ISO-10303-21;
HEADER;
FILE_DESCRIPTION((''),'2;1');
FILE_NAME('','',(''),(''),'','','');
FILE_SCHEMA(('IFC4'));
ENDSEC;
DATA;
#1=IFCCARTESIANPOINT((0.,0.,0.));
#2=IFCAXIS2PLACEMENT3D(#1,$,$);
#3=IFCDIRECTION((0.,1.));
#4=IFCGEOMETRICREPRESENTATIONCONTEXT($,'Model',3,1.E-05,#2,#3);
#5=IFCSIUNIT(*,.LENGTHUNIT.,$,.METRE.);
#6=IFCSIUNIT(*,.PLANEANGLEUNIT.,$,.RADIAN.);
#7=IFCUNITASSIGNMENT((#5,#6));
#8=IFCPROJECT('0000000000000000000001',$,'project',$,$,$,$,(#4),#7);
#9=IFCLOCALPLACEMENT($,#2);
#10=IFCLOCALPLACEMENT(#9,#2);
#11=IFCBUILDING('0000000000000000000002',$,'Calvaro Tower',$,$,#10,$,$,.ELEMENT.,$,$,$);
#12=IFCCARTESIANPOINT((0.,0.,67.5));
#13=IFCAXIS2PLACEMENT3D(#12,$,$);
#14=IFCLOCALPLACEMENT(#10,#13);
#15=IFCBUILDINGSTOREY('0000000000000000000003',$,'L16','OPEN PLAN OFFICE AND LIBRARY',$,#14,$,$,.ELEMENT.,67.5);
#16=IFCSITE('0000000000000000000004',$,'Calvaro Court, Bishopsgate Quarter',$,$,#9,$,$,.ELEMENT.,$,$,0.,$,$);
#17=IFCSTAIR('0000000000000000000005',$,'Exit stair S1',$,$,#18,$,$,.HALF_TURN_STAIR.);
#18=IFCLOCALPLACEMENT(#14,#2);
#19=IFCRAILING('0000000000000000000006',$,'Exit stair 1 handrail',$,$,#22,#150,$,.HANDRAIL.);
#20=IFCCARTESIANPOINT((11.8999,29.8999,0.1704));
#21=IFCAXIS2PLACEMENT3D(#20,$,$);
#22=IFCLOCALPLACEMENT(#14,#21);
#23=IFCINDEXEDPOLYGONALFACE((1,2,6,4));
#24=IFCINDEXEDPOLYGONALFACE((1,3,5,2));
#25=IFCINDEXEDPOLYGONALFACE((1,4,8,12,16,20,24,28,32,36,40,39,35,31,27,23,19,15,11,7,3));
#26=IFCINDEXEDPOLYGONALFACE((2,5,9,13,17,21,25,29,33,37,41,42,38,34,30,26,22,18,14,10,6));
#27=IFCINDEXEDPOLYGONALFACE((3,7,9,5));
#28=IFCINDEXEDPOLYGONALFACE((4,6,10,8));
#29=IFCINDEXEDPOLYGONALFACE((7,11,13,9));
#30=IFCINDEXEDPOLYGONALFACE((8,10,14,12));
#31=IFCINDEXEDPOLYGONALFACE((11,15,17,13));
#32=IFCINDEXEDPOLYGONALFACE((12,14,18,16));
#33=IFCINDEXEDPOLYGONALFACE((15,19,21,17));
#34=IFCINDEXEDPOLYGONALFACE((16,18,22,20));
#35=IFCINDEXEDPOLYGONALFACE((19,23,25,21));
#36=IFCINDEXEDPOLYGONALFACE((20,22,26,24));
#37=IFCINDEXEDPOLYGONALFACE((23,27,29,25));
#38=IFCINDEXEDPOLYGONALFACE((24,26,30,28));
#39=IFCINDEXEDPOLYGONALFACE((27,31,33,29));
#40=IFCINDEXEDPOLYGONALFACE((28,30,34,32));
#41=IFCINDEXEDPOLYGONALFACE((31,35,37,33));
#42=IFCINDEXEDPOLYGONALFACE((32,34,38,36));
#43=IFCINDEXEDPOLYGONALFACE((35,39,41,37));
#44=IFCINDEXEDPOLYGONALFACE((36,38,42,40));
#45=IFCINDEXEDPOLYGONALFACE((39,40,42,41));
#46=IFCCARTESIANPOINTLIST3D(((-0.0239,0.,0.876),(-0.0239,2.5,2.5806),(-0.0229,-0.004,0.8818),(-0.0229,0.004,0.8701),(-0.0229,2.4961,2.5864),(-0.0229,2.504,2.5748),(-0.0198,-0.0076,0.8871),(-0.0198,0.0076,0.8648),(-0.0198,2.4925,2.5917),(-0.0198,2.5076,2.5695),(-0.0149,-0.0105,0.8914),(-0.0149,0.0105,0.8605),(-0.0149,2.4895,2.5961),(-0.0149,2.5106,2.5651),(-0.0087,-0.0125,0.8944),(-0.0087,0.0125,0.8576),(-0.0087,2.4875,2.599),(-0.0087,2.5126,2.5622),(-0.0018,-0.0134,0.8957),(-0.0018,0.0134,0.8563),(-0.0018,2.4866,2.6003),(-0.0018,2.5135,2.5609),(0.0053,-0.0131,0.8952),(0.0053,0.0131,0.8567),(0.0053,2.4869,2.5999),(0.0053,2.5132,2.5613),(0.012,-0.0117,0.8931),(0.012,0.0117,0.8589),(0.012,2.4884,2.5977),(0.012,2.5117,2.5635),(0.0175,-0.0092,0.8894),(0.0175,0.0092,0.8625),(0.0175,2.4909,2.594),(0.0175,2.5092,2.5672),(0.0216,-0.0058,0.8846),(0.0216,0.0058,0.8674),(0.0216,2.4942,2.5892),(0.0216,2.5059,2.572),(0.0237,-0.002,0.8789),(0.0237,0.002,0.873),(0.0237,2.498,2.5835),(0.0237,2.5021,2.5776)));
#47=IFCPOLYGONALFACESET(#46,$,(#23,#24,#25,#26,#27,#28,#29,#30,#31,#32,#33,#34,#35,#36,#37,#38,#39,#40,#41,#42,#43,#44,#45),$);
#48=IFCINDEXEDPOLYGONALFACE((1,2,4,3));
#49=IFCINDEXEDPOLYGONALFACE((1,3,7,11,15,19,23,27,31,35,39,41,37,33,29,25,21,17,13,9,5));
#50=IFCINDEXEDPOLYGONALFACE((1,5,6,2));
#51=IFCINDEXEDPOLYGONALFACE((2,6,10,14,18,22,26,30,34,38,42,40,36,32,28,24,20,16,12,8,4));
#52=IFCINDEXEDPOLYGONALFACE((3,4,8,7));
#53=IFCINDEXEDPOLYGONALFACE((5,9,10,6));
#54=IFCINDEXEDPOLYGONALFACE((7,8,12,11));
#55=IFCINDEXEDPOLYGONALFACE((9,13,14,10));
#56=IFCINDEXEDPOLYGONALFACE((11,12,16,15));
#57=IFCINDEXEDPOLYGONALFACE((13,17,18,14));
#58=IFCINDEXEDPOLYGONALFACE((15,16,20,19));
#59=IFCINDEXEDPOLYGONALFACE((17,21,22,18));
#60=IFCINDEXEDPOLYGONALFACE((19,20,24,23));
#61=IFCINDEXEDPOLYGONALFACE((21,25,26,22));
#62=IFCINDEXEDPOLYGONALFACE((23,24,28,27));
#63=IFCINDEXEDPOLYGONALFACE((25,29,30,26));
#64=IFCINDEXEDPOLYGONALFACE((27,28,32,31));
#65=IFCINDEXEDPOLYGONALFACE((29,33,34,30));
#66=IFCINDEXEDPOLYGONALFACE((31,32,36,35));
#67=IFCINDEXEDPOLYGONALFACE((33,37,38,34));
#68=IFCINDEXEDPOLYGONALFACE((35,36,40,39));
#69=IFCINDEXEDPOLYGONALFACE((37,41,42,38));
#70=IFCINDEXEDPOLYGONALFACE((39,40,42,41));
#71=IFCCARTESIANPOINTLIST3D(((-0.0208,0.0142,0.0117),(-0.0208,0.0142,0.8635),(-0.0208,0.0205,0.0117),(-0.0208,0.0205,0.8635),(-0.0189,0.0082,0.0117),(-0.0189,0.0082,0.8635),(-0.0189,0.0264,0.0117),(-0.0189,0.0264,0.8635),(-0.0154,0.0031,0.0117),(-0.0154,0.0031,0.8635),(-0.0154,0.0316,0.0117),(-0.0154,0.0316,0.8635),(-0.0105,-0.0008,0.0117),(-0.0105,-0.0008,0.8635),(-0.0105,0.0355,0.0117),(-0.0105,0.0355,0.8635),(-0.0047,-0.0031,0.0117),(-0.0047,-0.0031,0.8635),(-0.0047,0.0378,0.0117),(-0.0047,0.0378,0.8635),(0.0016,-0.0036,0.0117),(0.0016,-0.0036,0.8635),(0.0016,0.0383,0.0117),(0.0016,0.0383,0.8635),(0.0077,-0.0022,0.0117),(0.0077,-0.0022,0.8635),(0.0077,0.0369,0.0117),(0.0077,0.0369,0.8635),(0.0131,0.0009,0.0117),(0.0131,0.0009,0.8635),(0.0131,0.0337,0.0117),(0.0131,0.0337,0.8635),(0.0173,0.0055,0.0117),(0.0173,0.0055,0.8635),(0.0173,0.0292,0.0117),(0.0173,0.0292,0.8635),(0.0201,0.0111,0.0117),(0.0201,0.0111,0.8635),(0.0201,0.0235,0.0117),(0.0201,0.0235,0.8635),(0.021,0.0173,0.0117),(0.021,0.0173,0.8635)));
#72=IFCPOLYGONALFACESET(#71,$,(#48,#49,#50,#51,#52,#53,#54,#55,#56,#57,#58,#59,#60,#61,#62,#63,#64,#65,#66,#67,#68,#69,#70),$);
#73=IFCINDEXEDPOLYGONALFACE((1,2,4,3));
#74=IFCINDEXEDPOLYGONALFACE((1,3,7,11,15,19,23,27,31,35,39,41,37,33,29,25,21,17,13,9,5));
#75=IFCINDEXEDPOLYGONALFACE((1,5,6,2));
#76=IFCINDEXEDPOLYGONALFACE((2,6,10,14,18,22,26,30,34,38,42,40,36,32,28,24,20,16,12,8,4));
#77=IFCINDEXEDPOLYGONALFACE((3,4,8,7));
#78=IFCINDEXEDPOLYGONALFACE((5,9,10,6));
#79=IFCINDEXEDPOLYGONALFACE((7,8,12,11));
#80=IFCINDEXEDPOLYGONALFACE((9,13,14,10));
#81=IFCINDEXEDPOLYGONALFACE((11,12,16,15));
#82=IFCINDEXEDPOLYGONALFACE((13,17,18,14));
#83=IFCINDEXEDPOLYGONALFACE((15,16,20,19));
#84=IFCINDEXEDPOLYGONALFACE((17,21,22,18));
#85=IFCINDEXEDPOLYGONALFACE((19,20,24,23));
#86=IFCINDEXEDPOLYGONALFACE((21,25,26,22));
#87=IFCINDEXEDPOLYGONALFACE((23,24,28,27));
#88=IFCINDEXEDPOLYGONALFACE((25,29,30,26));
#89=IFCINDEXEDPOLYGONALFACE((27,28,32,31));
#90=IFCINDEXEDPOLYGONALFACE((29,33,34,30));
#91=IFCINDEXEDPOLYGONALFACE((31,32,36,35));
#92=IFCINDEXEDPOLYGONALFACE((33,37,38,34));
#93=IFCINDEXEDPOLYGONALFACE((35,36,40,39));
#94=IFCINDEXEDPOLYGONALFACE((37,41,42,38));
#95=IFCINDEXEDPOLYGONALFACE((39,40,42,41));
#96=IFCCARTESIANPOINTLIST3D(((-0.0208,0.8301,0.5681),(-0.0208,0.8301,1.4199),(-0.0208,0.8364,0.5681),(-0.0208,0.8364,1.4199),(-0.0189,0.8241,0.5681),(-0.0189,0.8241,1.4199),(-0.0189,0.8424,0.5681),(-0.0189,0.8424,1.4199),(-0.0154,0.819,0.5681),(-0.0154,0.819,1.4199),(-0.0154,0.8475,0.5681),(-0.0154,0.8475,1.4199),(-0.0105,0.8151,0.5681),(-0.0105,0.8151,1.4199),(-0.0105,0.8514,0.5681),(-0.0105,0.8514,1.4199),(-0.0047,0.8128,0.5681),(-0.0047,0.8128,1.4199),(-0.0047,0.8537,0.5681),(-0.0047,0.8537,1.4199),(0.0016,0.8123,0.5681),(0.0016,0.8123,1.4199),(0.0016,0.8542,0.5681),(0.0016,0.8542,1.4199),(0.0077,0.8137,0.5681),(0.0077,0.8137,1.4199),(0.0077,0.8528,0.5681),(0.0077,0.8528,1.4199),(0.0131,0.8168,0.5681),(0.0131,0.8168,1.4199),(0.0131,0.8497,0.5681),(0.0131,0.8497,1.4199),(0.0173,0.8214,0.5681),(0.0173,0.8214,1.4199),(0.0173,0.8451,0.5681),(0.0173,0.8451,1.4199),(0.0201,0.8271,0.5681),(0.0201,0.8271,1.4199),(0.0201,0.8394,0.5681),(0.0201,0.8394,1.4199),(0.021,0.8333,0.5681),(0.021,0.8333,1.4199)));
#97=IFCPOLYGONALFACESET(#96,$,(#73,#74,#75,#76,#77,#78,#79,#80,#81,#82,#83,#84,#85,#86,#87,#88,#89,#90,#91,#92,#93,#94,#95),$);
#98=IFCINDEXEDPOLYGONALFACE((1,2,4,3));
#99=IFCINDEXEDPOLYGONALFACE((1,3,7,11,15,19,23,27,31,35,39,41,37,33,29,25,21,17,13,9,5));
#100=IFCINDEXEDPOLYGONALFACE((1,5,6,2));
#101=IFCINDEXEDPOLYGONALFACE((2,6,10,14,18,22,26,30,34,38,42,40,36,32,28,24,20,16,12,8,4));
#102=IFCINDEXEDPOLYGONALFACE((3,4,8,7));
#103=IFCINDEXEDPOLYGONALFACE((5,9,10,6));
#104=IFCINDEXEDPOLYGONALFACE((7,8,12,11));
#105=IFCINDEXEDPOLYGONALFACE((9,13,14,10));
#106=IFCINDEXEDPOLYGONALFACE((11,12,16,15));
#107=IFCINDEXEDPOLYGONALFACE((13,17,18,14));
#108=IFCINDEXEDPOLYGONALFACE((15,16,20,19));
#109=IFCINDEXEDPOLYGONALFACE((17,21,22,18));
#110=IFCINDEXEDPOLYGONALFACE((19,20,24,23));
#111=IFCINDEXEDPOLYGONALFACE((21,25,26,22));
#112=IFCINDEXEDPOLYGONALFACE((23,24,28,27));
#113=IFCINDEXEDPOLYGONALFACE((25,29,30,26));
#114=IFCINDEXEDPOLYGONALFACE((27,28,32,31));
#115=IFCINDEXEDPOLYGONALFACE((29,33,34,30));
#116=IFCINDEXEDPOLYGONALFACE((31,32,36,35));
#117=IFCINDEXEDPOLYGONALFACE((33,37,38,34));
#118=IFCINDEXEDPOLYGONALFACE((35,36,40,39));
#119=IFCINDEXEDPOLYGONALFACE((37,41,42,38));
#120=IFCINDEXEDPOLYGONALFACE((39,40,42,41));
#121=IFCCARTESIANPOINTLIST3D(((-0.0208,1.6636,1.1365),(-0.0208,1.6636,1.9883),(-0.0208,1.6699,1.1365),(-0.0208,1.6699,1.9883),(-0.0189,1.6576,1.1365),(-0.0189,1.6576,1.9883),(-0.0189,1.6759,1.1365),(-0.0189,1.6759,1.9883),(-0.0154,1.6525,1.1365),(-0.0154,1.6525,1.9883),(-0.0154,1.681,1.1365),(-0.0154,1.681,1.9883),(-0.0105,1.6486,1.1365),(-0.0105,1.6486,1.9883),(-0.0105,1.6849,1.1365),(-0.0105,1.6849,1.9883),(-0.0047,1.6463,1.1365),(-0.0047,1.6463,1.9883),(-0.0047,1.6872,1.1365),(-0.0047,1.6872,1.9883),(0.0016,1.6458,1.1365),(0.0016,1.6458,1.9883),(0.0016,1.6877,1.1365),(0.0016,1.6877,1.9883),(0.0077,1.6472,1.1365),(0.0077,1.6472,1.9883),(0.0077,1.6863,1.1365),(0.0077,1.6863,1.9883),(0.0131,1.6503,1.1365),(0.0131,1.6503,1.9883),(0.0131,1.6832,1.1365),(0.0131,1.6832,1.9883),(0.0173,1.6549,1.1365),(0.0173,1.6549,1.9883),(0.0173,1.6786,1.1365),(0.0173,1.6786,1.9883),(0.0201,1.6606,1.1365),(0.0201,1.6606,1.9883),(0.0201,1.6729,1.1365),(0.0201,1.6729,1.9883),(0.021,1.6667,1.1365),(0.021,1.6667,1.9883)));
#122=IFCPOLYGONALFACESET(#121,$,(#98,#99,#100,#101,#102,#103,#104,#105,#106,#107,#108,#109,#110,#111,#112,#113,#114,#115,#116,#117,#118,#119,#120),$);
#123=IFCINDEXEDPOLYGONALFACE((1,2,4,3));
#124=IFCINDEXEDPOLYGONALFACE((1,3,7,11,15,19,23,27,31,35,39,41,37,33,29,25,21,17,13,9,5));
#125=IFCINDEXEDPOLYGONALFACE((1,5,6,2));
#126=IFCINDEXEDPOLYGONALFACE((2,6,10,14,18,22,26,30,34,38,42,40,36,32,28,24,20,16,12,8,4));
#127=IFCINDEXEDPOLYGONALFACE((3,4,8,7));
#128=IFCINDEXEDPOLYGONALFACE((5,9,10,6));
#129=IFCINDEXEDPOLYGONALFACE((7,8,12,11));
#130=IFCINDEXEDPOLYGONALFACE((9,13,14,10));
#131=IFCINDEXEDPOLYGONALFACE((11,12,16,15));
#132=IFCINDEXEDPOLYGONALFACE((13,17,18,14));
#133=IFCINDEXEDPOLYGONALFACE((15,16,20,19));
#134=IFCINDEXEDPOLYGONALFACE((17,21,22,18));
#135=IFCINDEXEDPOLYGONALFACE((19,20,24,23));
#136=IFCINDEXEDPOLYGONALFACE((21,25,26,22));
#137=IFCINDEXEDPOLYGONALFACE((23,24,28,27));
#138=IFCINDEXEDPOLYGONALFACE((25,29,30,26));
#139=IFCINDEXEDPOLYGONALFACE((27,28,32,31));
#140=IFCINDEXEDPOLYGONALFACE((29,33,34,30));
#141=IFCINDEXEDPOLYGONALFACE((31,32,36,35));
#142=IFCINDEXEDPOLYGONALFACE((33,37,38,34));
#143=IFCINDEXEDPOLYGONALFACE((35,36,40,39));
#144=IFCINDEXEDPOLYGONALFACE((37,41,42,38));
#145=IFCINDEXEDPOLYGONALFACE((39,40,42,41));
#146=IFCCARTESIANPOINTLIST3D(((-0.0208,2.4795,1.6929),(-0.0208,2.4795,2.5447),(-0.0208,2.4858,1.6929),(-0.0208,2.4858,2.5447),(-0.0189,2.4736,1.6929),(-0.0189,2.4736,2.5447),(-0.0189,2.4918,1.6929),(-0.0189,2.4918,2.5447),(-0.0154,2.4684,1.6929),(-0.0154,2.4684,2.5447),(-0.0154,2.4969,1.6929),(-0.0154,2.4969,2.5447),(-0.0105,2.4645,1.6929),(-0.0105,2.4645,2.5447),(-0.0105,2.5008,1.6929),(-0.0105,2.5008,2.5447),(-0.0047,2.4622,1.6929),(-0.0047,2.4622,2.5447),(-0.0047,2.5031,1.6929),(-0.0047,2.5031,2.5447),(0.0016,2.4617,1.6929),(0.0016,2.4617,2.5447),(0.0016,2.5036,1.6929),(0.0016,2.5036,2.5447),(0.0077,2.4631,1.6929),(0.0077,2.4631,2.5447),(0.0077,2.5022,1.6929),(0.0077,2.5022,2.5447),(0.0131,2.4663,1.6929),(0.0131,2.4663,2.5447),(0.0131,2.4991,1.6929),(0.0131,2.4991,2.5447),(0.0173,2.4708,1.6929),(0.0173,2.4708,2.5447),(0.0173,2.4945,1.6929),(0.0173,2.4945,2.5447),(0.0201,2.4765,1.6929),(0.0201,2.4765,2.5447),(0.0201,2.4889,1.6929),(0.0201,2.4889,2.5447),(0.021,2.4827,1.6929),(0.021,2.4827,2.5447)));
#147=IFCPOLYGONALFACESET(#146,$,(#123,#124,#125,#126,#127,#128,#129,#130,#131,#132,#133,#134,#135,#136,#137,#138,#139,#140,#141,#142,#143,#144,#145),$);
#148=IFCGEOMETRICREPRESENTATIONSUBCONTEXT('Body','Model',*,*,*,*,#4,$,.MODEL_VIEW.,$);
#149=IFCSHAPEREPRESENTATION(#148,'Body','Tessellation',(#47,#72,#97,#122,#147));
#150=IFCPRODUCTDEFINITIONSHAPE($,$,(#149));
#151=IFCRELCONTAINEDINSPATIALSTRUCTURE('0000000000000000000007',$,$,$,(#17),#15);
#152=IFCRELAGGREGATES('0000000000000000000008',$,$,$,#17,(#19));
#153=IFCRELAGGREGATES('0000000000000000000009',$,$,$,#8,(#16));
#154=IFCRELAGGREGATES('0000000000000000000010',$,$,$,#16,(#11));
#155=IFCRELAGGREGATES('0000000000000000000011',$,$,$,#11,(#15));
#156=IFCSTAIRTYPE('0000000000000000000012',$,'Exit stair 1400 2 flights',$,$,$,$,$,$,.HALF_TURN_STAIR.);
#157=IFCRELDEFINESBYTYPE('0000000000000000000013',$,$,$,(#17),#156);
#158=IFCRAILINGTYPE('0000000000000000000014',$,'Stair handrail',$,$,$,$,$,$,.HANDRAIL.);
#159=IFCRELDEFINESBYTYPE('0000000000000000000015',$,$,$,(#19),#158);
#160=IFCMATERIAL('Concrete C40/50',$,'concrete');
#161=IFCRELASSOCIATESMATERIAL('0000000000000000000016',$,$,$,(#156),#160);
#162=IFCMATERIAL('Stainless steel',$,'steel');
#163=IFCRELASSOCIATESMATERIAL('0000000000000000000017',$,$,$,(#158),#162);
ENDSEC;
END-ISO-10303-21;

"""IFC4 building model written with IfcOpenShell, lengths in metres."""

from ifc_helpers import new_model, si_unit, direction, frame, origin, origin_2d, place, context, subcontext, project, spatial, circle, extrude, material, type_object, element, aggregate, save


model = new_model("IFC4")

# Units and contexts
model_context = context("Model", 3, precision=1e-05, world=origin(), true_north=direction((0.0, 1.0)))
body_context = subcontext(model_context, "Body", "Model", "MODEL_VIEW")
ifc_project = project(units=[si_unit("LENGTHUNIT", "METRE"), si_unit("PLANEANGLEUNIT", "RADIAN")], contexts=[model_context])

# Site, building, storey
site_placement = place(None, origin())
site = spatial("IfcSite", under=ifc_project, at=site_placement, Name="Calvaro Court, Bishopsgate Quarter", CompositionType="ELEMENT", RefElevation=0.0)
building_placement = place(site_placement, origin())
building = spatial("IfcBuilding", under=site, at=building_placement, Name="Calvaro Tower", CompositionType="ELEMENT")
storey_placement = place(building_placement, frame((0.0, 0.0, 67.5)))
storey = spatial("IfcBuildingStorey", under=building, at=storey_placement, Name="L16", Description="OPEN PLAN OFFICE AND LIBRARY", CompositionType="ELEMENT", Elevation=67.5)

# Stair, railing
ifc_material_1 = material(Name="Concrete C40/50", Category="concrete")
stair_type = type_object("IfcStairType", Name="Exit stair 1400 2 flights", PredefinedType="HALF_TURN_STAIR", material=ifc_material_1)
stair_placement = place(storey_placement, origin())
stair = element("IfcStair", 1, at=stair_placement, inside=storey, type_object=stair_type, Name="Exit stair S1", PredefinedType="HALF_TURN_STAIR")
ifc_material_2 = material(Name="Stainless steel", Category="steel")
railing_type = type_object("IfcRailingType", Name="Stair handrail", PredefinedType="HANDRAIL", material=ifc_material_2)
railing_1_placement = place(storey_placement, frame((11.8999, 29.8999, 0.1704)))
railing_1 = element("IfcRailing", 2, at=railing_1_placement, type_object=railing_type, Name="Exit stair 1 handrail", PredefinedType="HANDRAIL", context=body_context, shape_type="SweptSolid", body=[
    extrude(circle(Radius=0.0239, at=origin_2d()), frame((0.0, 0.0, 0.876), z_axis=(0.0, 0.826221, 0.563347), x_axis=(-1.0, 0.0, 0.0)), (0.0, 0.0, 1.0), 3.0259),
    extrude(circle(Radius=0.021, at=origin_2d()), frame((0.0, 0.0173, 0.0117)), (0.0, 0.0, 1.0), 0.8518),
    extrude(circle(Radius=0.021, at=origin_2d()), frame((0.0, 0.8333, 0.5681)), (0.0, 0.0, 1.0), 0.8518),
    extrude(circle(Radius=0.021, at=origin_2d()), frame((0.0, 1.6667, 1.1365)), (0.0, 0.0, 1.0), 0.8518),
    extrude(circle(Radius=0.021, at=origin_2d()), frame((0.0, 2.4827, 1.6929)), (0.0, 0.0, 1.0), 0.8518),
])
aggregate(stair, [railing_1])

save(model, "model.ifc")
